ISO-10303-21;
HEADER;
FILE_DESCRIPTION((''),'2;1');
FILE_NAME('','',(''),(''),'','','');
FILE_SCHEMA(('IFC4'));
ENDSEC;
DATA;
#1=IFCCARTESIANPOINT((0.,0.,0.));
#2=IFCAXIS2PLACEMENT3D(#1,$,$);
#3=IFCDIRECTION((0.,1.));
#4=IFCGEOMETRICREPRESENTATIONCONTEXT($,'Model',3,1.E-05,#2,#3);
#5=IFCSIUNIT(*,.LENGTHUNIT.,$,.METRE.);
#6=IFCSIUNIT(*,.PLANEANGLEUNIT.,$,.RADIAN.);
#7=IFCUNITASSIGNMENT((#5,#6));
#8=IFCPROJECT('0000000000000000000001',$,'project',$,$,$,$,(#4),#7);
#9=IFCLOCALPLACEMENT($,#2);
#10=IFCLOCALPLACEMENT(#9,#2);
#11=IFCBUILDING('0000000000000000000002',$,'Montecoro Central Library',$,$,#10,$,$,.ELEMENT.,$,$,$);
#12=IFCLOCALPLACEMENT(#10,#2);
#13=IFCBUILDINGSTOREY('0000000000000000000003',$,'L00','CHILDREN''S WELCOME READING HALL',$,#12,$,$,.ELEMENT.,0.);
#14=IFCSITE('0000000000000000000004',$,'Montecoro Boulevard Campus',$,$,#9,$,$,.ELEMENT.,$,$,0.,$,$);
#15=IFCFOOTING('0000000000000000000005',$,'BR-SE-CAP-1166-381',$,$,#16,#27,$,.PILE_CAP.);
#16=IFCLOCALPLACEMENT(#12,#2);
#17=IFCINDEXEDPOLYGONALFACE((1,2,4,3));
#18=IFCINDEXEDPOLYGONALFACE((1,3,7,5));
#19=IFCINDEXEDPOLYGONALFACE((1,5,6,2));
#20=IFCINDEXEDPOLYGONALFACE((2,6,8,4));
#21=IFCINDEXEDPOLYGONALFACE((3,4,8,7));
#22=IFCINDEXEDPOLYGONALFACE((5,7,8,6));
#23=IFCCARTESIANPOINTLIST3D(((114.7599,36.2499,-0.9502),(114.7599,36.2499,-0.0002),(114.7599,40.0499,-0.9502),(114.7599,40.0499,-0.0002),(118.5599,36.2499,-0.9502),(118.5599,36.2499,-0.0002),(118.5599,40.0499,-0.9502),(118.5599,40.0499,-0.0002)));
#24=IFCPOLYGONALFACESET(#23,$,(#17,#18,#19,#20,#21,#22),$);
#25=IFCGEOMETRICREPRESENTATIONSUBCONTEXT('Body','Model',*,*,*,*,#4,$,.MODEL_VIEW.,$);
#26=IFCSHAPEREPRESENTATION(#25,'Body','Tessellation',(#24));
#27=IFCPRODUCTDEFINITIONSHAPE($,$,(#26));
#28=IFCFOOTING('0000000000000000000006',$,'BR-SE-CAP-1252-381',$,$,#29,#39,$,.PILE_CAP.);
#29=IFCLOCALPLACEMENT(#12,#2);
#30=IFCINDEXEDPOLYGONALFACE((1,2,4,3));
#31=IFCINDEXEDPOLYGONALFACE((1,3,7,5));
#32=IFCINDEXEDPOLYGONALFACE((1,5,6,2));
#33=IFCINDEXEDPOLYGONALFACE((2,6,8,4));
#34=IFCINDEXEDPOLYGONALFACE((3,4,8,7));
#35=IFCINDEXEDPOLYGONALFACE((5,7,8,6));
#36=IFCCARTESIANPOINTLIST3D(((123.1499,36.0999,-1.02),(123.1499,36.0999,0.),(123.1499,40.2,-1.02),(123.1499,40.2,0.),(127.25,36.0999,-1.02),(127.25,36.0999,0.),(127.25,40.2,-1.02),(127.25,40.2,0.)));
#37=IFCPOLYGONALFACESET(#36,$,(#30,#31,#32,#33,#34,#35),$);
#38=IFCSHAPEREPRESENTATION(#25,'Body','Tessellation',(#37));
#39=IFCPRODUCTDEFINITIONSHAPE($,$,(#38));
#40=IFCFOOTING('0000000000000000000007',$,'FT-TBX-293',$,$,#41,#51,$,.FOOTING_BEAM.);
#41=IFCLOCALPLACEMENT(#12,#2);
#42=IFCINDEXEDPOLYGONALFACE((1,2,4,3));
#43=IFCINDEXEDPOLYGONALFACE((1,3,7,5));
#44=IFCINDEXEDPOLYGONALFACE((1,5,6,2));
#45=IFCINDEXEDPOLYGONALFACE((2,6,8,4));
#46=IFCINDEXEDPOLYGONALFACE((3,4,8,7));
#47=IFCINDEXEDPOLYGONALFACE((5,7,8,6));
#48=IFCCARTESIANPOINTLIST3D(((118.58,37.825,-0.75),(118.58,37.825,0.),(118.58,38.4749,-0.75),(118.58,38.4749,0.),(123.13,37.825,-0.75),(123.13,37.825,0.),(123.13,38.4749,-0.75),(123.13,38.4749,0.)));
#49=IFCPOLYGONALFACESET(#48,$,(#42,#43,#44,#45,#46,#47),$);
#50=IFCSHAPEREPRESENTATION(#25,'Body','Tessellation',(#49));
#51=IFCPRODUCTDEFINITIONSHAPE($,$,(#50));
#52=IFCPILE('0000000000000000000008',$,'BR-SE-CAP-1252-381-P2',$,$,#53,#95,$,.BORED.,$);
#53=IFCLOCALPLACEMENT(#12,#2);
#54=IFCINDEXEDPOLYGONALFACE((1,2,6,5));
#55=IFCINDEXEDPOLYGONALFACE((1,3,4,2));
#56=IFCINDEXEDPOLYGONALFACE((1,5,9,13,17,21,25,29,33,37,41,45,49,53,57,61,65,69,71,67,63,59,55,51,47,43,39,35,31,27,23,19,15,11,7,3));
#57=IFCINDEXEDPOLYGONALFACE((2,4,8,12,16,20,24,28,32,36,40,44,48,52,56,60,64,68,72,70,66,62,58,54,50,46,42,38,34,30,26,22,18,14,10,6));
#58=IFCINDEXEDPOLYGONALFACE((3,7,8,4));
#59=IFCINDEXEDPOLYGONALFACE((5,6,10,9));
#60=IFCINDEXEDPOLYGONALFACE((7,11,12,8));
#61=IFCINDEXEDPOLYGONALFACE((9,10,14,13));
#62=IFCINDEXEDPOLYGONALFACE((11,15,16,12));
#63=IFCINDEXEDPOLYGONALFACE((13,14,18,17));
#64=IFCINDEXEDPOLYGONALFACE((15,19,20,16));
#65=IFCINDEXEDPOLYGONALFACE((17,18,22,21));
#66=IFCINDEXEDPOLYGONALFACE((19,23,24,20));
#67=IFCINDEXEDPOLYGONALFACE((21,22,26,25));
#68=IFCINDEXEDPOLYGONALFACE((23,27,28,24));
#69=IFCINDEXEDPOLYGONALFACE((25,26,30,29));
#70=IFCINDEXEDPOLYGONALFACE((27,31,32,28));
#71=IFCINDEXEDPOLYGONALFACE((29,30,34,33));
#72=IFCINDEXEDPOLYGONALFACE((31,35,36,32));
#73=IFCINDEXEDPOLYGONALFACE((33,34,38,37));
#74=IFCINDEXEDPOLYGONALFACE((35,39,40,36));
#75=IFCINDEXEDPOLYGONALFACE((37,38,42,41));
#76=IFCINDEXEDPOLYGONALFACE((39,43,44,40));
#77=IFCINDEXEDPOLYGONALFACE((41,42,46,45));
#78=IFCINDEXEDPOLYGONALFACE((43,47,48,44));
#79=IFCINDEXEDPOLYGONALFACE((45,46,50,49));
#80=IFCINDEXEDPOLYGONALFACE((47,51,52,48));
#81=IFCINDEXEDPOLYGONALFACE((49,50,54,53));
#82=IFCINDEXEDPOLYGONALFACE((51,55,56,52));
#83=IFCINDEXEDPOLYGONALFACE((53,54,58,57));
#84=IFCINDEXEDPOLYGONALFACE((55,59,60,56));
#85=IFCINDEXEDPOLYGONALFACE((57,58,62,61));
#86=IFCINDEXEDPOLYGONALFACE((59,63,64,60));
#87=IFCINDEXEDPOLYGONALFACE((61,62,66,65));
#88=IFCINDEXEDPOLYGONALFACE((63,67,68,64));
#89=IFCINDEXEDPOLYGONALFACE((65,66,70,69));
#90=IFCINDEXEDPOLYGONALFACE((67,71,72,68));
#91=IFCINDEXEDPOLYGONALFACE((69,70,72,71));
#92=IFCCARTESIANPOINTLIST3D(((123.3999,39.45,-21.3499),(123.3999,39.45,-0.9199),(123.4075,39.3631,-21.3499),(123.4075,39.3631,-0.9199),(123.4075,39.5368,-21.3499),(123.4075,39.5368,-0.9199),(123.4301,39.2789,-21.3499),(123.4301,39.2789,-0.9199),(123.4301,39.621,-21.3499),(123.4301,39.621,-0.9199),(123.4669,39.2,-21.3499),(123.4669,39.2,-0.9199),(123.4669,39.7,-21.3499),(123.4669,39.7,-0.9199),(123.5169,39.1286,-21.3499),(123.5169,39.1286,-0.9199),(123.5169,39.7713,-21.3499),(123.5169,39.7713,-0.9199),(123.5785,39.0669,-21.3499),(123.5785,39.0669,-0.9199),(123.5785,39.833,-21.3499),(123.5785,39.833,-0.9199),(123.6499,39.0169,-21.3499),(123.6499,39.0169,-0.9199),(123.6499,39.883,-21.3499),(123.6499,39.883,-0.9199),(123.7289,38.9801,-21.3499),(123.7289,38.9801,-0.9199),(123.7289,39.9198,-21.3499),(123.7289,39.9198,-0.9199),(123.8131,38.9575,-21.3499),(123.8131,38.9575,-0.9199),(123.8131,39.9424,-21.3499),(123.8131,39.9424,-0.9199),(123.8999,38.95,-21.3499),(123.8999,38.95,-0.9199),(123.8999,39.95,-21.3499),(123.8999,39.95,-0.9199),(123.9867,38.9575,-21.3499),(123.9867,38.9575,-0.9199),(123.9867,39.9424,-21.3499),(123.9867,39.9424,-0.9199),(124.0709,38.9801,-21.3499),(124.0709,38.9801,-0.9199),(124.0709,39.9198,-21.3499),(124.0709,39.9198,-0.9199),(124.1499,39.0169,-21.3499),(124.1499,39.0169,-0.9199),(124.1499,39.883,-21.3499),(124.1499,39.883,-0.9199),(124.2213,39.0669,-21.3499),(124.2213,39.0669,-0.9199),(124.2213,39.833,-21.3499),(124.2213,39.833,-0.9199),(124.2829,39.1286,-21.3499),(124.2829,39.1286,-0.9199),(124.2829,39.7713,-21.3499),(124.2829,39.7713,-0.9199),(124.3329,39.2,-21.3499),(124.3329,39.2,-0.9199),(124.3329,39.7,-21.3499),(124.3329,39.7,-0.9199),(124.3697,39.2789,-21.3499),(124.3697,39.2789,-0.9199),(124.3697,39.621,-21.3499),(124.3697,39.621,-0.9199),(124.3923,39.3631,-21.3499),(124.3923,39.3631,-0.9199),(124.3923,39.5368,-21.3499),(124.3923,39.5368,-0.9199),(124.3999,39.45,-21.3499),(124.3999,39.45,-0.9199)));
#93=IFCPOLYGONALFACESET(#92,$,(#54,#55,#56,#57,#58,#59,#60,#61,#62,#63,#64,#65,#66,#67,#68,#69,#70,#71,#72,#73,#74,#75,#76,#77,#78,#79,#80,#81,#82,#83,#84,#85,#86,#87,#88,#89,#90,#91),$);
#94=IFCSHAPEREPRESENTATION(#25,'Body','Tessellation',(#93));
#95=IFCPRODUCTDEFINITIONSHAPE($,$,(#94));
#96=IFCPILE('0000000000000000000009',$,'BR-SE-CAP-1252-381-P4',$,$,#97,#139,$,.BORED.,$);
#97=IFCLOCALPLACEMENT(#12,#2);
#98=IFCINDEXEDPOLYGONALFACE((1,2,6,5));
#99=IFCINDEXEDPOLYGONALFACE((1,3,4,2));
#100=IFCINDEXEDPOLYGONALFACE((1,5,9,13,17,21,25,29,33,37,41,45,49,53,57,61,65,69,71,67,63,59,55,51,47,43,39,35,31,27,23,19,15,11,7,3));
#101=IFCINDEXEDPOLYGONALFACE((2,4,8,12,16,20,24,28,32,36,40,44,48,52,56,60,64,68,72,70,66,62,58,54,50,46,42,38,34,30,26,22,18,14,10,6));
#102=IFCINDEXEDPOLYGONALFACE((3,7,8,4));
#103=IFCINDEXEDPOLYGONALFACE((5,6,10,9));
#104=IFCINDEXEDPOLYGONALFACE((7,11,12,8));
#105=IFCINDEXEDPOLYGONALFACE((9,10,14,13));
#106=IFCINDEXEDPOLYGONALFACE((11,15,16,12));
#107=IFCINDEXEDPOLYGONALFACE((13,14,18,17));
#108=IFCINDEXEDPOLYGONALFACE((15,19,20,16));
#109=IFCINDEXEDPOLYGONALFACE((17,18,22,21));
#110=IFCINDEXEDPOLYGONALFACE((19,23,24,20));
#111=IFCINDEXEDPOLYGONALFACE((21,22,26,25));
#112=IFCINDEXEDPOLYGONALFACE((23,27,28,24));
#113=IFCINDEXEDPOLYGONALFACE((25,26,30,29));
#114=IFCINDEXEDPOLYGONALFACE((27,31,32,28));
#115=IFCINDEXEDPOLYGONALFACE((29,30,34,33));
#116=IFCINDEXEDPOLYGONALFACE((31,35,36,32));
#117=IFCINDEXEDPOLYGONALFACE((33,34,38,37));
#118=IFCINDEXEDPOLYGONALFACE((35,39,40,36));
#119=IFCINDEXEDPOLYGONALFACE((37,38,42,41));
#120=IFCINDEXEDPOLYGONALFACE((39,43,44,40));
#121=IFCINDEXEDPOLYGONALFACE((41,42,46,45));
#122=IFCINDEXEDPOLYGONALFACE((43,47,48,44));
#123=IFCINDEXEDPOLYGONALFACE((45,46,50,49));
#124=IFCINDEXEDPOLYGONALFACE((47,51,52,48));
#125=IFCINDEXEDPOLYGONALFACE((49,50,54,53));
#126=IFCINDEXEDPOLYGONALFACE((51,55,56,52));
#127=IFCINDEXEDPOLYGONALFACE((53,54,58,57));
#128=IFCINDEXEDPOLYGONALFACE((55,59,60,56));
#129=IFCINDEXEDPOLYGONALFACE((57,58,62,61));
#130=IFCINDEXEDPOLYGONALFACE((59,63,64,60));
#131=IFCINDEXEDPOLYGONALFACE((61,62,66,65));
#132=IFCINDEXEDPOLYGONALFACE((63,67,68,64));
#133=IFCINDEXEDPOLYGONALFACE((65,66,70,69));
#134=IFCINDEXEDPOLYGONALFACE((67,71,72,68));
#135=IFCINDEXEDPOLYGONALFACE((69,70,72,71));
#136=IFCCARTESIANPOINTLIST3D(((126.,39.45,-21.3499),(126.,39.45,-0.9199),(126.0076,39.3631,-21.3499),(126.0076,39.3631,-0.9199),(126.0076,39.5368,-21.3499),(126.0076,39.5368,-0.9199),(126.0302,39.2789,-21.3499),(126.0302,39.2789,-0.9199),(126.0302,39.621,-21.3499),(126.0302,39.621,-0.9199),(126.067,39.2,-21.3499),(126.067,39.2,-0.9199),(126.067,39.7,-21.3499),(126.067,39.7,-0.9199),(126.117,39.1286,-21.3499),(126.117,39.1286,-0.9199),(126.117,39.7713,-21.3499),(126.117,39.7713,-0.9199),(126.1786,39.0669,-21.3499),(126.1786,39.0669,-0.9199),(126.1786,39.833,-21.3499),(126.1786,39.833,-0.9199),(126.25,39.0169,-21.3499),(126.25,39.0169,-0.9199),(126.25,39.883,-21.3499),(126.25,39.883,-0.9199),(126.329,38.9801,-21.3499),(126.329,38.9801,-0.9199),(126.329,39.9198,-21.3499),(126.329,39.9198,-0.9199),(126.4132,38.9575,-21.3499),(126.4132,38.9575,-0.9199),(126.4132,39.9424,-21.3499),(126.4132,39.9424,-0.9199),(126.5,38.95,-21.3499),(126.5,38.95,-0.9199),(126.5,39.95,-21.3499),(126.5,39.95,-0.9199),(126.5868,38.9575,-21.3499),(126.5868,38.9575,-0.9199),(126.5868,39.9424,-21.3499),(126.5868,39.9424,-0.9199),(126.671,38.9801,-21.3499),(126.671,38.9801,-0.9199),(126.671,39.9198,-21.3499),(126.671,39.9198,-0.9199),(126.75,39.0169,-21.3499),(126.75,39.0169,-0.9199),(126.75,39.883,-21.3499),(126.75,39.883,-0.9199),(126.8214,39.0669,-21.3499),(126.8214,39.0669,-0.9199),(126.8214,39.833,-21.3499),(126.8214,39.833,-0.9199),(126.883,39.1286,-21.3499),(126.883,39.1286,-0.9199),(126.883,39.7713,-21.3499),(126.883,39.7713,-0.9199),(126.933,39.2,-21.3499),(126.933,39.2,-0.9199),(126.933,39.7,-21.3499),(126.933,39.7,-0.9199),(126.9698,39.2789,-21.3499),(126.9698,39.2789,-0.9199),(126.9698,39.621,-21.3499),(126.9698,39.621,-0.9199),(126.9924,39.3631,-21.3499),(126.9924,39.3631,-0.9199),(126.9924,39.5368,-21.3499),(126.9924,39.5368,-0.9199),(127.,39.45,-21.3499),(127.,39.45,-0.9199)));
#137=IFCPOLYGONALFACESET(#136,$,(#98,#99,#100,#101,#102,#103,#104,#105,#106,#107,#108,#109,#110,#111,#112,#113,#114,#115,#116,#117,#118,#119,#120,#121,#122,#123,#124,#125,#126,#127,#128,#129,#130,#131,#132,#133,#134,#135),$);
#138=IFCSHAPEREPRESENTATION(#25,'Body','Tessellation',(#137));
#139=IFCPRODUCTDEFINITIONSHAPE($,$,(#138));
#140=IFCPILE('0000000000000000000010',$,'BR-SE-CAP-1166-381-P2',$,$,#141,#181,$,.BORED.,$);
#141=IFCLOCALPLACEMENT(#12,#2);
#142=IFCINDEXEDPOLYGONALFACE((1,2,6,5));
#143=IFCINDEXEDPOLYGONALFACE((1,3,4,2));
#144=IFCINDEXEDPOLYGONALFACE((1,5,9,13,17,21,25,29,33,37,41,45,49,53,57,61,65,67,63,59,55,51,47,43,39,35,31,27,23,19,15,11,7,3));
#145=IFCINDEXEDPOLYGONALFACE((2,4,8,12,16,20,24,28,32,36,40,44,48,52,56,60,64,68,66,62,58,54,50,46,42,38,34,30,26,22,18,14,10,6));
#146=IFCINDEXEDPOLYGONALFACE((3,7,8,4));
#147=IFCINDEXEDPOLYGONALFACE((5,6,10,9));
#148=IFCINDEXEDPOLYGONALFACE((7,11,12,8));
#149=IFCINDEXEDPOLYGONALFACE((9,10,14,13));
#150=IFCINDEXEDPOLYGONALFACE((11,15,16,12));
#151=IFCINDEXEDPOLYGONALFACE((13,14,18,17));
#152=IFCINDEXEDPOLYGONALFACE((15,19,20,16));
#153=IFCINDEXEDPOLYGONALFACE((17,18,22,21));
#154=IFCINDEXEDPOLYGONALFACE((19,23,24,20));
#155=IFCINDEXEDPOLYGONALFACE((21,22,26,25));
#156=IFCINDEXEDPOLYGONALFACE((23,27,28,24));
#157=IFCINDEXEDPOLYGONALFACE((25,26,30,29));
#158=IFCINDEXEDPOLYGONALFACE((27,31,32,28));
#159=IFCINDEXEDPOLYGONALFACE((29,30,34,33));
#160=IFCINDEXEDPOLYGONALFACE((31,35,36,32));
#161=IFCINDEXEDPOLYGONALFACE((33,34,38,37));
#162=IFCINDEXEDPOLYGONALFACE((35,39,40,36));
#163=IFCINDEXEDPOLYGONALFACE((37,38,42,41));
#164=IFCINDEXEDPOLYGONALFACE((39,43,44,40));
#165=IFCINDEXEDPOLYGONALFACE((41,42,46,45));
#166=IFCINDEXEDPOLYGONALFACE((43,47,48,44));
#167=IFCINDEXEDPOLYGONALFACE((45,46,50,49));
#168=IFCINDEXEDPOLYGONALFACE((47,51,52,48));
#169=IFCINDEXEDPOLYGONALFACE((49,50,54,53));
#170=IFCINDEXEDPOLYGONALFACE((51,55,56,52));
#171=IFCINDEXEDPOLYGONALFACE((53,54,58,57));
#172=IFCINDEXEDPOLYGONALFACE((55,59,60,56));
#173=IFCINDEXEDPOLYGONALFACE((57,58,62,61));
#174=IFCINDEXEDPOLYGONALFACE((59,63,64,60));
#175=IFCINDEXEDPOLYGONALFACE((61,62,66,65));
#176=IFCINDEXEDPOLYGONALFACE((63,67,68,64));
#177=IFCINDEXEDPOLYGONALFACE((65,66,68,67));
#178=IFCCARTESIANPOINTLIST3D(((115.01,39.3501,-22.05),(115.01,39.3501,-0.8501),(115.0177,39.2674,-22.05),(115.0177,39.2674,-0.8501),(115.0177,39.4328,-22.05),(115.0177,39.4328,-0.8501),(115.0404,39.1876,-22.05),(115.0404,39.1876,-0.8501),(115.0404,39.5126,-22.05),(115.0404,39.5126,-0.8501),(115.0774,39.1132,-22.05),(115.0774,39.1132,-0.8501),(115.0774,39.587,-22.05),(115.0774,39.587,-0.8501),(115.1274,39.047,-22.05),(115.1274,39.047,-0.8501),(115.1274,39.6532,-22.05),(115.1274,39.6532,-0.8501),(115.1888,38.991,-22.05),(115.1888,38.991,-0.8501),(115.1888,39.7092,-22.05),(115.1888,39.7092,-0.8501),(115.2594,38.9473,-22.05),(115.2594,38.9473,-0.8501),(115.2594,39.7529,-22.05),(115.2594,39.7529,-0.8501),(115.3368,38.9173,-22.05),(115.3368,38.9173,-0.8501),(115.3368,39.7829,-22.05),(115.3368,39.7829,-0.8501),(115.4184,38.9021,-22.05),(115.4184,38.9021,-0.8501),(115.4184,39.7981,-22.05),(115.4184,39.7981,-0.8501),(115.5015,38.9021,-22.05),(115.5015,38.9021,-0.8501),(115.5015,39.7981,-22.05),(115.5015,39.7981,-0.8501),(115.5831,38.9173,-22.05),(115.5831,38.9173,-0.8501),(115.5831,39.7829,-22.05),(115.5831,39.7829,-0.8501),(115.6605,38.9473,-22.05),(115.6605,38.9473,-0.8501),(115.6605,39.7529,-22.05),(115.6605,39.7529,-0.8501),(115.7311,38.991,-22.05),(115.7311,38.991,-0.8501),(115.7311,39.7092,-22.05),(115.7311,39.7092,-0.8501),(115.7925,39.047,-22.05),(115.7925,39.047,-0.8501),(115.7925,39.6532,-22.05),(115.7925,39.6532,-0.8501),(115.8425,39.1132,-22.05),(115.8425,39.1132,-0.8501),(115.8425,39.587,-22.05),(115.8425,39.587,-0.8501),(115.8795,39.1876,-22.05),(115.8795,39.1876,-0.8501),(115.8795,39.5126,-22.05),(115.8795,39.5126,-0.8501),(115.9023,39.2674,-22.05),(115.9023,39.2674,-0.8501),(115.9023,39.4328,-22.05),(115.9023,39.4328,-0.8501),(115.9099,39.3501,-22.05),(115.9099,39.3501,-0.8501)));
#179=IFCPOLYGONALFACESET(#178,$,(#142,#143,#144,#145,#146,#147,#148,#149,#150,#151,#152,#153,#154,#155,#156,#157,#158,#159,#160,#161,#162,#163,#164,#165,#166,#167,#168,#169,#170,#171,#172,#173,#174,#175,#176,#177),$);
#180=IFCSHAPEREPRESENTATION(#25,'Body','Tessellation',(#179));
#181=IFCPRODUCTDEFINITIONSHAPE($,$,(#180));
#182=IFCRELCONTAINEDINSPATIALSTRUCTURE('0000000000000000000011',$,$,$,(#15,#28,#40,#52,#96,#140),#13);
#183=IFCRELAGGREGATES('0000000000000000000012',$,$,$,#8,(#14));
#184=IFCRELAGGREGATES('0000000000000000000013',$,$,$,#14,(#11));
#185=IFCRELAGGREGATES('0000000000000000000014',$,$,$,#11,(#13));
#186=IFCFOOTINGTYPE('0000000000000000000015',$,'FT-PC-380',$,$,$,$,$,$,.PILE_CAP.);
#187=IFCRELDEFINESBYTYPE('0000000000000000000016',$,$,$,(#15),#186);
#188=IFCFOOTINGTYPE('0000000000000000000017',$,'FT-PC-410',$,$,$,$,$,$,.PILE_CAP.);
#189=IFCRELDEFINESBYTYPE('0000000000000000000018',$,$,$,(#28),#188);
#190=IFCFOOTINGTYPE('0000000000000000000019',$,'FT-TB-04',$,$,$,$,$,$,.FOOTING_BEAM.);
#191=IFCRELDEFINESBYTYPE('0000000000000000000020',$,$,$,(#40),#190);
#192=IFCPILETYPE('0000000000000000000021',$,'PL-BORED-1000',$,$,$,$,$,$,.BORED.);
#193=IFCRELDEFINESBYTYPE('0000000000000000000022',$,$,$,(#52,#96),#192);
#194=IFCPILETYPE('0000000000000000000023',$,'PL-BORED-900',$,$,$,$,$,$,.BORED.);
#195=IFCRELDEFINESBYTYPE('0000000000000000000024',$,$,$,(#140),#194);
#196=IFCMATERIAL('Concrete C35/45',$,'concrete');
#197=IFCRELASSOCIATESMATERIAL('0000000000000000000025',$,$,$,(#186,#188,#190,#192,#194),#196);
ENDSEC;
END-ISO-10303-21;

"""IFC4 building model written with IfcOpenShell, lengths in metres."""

from ifc_helpers import new_model, si_unit, direction, frame, origin, origin_2d, place, context, subcontext, project, spatial, rectangle, circle, extrude, material, material_profile, profile_set, type_object, element, save


model = new_model("IFC4")

# Units and contexts
model_context = context("Model", 3, precision=1e-05, world=origin(), true_north=direction((0.0, 1.0)))
body_context = subcontext(model_context, "Body", "Model", "MODEL_VIEW")
ifc_project = project(units=[si_unit("LENGTHUNIT", "METRE"), si_unit("PLANEANGLEUNIT", "RADIAN")], contexts=[model_context])

# Site, building, storey
site_placement = place(None, origin())
site = spatial("IfcSite", under=ifc_project, at=site_placement, Name="Montecoro Boulevard Campus", CompositionType="ELEMENT", RefElevation=0.0)
building_placement = place(site_placement, origin())
building = spatial("IfcBuilding", under=site, at=building_placement, Name="Montecoro Central Library", CompositionType="ELEMENT")
storey_placement = place(building_placement, origin())
storey = spatial("IfcBuildingStorey", under=building, at=storey_placement, Name="L00", Description="CHILDREN'S WELCOME READING HALL", CompositionType="ELEMENT", Elevation=0.0)

# Footings
ifc_material_1 = material(Name="Concrete C35/45", Category="concrete")
footing_type_1 = type_object("IfcFootingType", Name="FT-PC-380", PredefinedType="PILE_CAP", material=ifc_material_1)
footing_1_placement = place(storey_placement, frame((116.6599, 38.1499, -0.9502), z_axis=(0.0, 0.0, 1.0), x_axis=(1.0, 0.0, 0.0)))
element("IfcFooting", 1, at=footing_1_placement, inside=storey, type_object=footing_type_1, Name="BR-SE-CAP-1166-381", PredefinedType="PILE_CAP", context=body_context, shape_type="SweptSolid", body=[
    extrude(rectangle(XDim=3.8, YDim=3.8, at=origin_2d()), origin(), (0.0, 0.0, 1.0), 0.95),
])
footing_type_2 = type_object("IfcFootingType", Name="FT-PC-410", PredefinedType="PILE_CAP", material=ifc_material_1)
footing_2_placement = place(storey_placement, frame((125.2, 38.1499, -1.02), z_axis=(0.0, 0.0, 1.0), x_axis=(1.0, 0.0, 0.0)))
element("IfcFooting", 2, at=footing_2_placement, inside=storey, type_object=footing_type_2, Name="BR-SE-CAP-1252-381", PredefinedType="PILE_CAP", context=body_context, shape_type="SweptSolid", body=[
    extrude(rectangle(XDim=4.1001, YDim=4.1001, at=origin_2d()), origin(), (0.0, 0.0, 1.0), 1.02),
])
footing_type_3 = type_object("IfcFootingType", Name="FT-TB-04", PredefinedType="FOOTING_BEAM", material=ifc_material_1)
footing_3_placement = place(storey_placement, frame((120.855, 38.1499, -0.75), z_axis=(0.0, 0.0, 1.0), x_axis=(1.0, 0.0, 0.0)))
element("IfcFooting", 3, at=footing_3_placement, inside=storey, type_object=footing_type_3, Name="FT-TBX-293", PredefinedType="FOOTING_BEAM", context=body_context, shape_type="SweptSolid", body=[
    extrude(rectangle(XDim=4.55, YDim=0.6499, at=origin_2d()), origin(), (0.0, 0.0, 1.0), 0.75),
])

# Piles
ifc_material_profile_1 = material_profile(ifc_material_1, circle(Radius=0.5, at=origin_2d()), Name="PILE D1000")
ifc_profile_set_1 = profile_set([ifc_material_profile_1], Name="Concrete C35/45")
pile_type_1 = type_object("IfcPileType", Name="PL-BORED-1000", PredefinedType="BORED", material=ifc_profile_set_1)
for number, where, z_axis, x_axis, name in (
    (4, (123.8999, 39.45, -0.9199), (0.0, 0.0, -1.0), (1.0, 0.0, 0.0), "BR-SE-CAP-1252-381-P2"),
    (5, (126.5, 39.45, -0.9199), (0.0, 0.0, -1.0), (1.0, 0.0, 0.0), "BR-SE-CAP-1252-381-P4"),
):
    element("IfcPile", number, at=place(storey_placement, frame(where, z_axis=z_axis, x_axis=x_axis)), inside=storey, type_object=pile_type_1, Name=name, PredefinedType="BORED", context=body_context, shape_type="SweptSolid", body=[
        extrude(circle(Radius=0.5, at=origin_2d()), origin(), (0.0, 0.0, 1.0), 20.4299),
    ])
ifc_material_profile_2 = material_profile(ifc_material_1, circle(Radius=0.45, at=origin_2d()), Name="PILE D900")
ifc_profile_set_2 = profile_set([ifc_material_profile_2], Name="Concrete C35/45")
pile_type_2 = type_object("IfcPileType", Name="PL-BORED-900", PredefinedType="BORED", material=ifc_profile_set_2)
for number, where, z_axis, x_axis, name in (
    (6, (115.46, 39.3501, -0.8501), (0.0, 0.0, -1.0), (1.0, 0.0, 0.0), "BR-SE-CAP-1166-381-P2"),
):
    element("IfcPile", number, at=place(storey_placement, frame(where, z_axis=z_axis, x_axis=x_axis)), inside=storey, type_object=pile_type_2, Name=name, PredefinedType="BORED", context=body_context, shape_type="SweptSolid", body=[
        extrude(circle(Radius=0.45, at=origin_2d()), origin(), (0.0, 0.0, 1.0), 21.2),
    ])

save(model, "model.ifc")
